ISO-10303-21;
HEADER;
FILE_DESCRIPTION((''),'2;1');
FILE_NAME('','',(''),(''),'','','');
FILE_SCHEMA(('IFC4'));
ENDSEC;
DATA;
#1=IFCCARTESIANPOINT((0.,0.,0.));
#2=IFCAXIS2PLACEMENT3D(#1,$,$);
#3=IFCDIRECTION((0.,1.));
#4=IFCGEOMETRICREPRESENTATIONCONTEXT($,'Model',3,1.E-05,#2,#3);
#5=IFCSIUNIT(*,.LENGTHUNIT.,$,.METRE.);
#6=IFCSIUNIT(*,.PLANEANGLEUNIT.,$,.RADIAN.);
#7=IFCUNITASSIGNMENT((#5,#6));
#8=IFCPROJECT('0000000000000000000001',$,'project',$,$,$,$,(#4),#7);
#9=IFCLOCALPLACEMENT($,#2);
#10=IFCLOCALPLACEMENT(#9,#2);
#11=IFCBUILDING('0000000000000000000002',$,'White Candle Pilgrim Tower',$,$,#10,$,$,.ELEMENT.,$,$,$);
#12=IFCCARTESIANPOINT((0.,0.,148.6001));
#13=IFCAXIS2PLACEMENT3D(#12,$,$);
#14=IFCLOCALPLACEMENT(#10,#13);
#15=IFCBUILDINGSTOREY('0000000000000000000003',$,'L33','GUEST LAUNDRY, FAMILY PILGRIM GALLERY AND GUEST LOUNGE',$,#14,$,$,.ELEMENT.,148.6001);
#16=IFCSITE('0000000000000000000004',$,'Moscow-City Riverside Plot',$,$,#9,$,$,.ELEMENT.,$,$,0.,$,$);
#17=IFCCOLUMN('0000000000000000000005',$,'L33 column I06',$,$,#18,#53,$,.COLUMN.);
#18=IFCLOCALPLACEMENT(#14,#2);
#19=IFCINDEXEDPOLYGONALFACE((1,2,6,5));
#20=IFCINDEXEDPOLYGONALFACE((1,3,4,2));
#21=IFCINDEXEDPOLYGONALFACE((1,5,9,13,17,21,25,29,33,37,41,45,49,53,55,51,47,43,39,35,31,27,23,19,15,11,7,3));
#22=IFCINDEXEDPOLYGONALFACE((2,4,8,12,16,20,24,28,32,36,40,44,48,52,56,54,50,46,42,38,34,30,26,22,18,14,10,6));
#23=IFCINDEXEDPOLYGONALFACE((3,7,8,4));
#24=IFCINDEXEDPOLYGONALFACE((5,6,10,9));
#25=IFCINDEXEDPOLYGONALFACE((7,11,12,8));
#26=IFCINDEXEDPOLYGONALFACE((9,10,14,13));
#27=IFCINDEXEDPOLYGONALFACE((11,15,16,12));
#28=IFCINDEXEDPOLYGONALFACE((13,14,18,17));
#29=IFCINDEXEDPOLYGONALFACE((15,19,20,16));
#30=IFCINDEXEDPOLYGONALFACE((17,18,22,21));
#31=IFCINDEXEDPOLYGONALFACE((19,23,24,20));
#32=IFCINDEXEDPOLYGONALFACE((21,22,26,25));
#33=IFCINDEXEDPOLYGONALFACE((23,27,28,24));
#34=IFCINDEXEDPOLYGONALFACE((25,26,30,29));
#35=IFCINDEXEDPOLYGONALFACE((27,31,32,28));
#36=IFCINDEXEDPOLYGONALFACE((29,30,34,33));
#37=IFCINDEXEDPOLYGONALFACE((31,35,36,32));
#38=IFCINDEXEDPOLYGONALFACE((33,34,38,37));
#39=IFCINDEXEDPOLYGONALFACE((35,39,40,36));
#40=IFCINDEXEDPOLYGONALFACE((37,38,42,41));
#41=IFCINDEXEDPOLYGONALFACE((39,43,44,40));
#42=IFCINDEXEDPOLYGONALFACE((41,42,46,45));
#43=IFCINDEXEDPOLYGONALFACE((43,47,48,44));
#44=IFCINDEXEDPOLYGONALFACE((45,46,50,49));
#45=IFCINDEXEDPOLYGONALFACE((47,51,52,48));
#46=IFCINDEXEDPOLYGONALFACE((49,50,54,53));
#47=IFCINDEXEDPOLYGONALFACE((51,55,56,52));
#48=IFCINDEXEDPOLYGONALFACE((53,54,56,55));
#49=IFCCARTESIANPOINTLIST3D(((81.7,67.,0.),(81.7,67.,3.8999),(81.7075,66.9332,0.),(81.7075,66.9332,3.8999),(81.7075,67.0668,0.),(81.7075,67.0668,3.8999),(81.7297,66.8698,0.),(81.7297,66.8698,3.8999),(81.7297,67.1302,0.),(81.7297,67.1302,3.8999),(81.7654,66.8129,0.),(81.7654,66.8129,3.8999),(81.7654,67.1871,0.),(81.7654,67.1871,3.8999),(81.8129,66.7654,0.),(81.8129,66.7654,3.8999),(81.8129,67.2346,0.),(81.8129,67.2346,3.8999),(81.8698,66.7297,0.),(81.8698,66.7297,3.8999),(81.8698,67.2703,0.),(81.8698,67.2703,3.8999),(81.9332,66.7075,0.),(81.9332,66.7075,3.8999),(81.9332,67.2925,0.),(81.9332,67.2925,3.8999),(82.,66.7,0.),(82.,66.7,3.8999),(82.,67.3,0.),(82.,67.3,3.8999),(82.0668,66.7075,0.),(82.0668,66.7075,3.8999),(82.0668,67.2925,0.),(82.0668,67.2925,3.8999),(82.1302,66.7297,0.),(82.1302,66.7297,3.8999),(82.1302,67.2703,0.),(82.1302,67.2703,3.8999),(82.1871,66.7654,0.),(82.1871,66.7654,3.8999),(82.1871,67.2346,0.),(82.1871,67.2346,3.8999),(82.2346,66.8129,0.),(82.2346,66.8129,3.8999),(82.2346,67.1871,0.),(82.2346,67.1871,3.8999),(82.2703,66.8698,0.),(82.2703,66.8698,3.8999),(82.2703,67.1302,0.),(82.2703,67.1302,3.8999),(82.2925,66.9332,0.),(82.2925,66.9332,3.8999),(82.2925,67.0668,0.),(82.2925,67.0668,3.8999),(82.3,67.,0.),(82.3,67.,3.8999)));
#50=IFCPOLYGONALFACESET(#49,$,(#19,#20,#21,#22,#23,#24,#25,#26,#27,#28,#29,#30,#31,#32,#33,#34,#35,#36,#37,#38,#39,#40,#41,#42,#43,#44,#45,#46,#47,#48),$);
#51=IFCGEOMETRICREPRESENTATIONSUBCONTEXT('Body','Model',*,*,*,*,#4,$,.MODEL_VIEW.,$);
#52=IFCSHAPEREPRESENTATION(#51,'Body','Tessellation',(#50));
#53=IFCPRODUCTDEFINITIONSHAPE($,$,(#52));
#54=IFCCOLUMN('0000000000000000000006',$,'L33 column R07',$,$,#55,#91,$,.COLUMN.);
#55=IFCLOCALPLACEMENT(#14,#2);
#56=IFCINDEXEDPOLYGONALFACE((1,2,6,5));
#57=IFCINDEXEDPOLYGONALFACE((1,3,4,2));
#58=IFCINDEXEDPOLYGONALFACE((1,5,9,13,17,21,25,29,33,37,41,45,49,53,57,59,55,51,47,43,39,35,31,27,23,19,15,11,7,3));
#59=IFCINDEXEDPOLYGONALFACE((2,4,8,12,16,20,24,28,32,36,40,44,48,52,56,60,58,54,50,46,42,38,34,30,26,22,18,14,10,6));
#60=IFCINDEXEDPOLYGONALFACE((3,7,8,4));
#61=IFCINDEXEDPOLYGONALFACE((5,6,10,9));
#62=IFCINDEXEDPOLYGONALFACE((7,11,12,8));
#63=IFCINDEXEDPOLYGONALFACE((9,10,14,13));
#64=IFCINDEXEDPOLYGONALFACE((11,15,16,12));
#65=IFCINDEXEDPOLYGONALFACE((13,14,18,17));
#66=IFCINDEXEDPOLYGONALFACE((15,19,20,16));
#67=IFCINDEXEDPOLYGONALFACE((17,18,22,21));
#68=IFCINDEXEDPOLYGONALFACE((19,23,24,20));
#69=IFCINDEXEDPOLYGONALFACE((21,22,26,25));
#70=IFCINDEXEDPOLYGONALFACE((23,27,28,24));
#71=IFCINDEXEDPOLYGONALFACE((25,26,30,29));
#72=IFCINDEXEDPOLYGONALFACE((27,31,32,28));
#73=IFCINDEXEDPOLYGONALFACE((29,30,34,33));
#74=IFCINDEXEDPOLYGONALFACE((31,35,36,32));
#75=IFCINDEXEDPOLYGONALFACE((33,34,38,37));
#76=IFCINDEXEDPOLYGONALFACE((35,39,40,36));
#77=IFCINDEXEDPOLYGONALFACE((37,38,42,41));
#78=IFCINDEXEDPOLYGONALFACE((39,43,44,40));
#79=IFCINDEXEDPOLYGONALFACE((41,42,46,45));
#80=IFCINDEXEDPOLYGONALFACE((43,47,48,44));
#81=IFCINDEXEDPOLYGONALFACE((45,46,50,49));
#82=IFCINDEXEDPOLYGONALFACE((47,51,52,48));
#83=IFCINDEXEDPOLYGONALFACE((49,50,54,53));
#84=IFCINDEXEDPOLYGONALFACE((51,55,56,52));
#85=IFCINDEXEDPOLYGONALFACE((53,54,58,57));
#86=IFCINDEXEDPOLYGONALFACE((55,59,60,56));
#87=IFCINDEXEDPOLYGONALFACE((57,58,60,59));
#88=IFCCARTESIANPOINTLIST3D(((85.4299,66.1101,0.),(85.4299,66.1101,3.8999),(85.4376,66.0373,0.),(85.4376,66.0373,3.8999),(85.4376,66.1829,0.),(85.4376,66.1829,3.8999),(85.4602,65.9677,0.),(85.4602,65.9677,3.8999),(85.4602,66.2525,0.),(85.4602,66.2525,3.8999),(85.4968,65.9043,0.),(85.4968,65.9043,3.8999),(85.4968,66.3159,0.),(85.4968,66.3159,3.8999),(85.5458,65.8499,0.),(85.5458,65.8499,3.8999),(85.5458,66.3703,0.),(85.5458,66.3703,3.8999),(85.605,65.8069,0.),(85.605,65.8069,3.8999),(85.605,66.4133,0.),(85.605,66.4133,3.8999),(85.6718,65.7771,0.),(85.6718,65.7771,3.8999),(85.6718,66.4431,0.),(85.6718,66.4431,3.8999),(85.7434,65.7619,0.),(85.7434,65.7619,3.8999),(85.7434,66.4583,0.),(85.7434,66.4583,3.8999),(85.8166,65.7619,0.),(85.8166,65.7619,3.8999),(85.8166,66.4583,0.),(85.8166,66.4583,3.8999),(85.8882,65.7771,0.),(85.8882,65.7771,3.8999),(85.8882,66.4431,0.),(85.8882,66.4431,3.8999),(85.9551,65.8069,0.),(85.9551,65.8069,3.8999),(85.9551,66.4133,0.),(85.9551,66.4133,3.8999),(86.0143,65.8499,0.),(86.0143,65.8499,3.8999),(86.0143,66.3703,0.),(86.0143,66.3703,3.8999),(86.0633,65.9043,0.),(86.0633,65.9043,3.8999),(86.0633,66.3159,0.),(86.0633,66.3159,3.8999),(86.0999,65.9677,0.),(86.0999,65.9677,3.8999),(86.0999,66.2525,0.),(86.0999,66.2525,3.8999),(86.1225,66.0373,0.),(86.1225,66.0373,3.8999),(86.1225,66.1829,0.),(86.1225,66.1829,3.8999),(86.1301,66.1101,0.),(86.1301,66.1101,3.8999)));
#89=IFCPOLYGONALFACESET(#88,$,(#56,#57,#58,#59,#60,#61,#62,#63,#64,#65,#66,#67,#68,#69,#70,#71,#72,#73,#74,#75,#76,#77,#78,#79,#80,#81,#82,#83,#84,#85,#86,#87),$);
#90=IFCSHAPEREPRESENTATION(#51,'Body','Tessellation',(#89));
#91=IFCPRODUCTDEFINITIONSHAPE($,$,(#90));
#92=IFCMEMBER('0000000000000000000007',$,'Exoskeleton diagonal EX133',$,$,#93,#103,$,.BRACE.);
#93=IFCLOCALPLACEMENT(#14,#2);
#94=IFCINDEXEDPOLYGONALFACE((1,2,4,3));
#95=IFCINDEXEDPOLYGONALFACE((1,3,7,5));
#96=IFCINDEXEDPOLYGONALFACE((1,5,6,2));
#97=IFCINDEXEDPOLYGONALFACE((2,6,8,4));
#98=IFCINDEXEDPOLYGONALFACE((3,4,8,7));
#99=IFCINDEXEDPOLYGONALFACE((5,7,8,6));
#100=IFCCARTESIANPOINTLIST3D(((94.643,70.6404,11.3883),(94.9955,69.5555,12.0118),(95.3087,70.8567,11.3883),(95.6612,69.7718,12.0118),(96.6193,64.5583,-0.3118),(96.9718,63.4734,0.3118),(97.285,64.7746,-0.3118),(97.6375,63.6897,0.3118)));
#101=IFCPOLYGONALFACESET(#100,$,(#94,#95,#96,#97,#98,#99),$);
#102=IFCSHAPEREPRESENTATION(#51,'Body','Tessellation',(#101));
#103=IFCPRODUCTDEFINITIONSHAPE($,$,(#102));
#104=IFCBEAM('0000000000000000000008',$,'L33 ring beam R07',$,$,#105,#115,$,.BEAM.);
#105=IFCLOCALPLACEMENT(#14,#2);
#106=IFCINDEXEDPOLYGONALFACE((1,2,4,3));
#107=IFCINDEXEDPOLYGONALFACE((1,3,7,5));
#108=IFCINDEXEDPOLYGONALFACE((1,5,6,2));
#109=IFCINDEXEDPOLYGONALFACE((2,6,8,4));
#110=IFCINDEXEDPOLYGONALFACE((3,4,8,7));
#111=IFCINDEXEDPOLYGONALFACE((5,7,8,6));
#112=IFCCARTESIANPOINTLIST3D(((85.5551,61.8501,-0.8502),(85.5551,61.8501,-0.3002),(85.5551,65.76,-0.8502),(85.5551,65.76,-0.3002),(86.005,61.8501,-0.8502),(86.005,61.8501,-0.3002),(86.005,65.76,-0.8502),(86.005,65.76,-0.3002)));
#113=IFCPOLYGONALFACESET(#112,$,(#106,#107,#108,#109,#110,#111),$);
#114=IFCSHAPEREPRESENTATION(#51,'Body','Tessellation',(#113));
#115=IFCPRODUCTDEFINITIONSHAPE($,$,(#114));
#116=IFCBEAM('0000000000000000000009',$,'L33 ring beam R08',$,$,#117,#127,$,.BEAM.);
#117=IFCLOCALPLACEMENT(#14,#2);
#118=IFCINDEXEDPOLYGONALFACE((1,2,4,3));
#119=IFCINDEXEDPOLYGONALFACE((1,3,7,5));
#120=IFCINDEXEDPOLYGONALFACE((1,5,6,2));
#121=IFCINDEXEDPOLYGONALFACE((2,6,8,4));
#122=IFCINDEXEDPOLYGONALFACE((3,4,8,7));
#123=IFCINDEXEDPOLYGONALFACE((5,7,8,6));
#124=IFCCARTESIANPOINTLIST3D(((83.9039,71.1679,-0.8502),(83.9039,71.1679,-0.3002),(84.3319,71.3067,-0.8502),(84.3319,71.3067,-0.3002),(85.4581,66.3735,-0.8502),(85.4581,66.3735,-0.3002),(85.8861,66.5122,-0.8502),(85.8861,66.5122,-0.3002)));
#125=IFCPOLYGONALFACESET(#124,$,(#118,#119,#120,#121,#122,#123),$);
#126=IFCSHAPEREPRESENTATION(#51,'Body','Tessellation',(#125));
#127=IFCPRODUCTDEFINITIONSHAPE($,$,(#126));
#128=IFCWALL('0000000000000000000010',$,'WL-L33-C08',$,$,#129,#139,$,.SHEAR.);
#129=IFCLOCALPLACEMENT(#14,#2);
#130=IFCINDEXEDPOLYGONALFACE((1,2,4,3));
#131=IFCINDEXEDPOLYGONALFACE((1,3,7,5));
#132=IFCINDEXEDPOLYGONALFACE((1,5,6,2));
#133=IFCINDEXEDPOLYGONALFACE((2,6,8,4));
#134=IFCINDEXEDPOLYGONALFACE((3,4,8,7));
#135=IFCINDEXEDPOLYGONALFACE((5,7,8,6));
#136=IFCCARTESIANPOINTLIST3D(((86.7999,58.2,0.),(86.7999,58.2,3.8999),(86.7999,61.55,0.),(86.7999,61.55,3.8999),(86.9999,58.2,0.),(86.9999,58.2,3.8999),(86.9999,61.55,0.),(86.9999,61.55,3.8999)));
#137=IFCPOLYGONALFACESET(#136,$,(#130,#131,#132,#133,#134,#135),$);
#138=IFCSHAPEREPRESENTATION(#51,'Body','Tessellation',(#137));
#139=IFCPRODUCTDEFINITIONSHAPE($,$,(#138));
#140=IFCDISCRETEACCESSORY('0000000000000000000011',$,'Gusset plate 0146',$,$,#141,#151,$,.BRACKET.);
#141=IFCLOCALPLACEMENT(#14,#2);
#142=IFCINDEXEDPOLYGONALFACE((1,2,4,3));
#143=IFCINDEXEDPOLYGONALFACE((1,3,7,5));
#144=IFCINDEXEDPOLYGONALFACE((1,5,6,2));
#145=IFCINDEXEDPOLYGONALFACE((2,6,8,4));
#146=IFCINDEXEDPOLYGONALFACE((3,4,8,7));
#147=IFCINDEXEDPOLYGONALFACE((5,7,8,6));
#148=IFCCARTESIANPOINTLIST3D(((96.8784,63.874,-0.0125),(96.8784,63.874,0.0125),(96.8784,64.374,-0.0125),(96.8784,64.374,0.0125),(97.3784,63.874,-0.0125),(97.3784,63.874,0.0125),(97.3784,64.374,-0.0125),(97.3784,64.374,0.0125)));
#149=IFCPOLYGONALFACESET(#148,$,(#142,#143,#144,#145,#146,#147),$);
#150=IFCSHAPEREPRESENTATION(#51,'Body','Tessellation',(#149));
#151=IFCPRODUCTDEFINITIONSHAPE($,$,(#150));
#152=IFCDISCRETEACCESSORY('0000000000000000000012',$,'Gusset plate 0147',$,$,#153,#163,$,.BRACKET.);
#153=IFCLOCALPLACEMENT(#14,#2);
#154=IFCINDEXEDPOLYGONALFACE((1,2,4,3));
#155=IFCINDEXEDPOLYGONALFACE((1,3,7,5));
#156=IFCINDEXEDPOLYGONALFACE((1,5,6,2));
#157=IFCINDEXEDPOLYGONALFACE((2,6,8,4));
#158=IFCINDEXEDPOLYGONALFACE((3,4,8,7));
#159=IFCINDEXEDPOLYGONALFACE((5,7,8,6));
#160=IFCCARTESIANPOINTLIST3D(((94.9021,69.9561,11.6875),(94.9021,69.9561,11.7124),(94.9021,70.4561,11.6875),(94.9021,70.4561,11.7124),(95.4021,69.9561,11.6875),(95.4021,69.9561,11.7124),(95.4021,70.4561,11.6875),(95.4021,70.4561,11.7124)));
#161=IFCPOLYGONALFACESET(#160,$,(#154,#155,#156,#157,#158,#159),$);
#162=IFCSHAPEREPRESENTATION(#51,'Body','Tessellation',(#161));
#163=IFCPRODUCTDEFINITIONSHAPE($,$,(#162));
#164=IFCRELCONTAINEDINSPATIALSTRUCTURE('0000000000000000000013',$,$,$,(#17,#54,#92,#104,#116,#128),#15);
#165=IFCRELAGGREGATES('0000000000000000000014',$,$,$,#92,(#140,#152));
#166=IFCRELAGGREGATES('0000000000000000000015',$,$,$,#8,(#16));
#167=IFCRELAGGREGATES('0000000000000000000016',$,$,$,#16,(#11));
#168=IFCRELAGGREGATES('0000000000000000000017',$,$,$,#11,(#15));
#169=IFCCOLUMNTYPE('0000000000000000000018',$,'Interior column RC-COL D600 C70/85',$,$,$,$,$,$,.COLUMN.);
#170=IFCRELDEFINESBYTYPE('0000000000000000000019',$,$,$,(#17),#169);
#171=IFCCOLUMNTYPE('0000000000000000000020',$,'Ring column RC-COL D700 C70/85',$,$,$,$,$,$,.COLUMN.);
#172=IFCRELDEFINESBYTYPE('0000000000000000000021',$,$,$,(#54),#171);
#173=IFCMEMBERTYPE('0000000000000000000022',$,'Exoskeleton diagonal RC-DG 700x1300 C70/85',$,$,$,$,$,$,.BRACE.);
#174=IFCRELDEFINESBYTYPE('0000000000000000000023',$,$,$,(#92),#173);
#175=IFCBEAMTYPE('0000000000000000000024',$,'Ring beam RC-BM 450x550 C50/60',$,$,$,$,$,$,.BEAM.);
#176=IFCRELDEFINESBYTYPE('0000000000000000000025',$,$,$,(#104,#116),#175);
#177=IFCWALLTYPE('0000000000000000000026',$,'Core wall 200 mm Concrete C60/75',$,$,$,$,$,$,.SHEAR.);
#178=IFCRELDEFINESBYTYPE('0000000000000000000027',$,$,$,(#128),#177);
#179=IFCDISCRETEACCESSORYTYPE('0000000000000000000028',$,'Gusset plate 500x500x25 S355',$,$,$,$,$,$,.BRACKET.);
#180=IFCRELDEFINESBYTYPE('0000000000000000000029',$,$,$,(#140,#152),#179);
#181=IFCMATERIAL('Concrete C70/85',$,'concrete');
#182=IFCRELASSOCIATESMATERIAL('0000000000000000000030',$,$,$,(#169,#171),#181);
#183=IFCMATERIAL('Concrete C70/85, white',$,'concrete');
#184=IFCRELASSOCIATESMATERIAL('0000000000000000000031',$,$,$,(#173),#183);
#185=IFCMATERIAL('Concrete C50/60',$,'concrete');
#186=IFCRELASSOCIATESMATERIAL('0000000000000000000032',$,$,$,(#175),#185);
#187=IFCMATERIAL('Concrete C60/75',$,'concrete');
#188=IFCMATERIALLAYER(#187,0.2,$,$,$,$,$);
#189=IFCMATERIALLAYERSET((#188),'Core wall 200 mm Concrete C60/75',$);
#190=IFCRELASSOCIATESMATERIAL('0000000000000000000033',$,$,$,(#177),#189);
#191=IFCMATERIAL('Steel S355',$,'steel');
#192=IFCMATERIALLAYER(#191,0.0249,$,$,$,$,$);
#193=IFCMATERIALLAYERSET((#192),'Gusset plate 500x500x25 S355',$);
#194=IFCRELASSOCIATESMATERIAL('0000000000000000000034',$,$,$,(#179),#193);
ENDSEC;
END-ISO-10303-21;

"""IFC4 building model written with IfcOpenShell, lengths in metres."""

from ifc_helpers import new_model, si_unit, direction, frame, frame_2d, origin, origin_2d, place, context, subcontext, project, spatial, rectangle, circle, extrude, material, layer, layer_set, material_profile, profile_set, type_object, element, aggregate, save


model = new_model("IFC4")

# Units and contexts
model_context = context("Model", 3, precision=1e-05, world=origin(), true_north=direction((0.0, 1.0)))
body_context = subcontext(model_context, "Body", "Model", "MODEL_VIEW")
ifc_project = project(units=[si_unit("LENGTHUNIT", "METRE"), si_unit("PLANEANGLEUNIT", "RADIAN")], contexts=[model_context])

# Site, building, storey
site_placement = place(None, origin())
site = spatial("IfcSite", under=ifc_project, at=site_placement, Name="Moscow-City Riverside Plot", CompositionType="ELEMENT", RefElevation=0.0)
building_placement = place(site_placement, origin())
building = spatial("IfcBuilding", under=site, at=building_placement, Name="White Candle Pilgrim Tower", CompositionType="ELEMENT")
storey_placement = place(building_placement, frame((0.0, 0.0, 148.6001)))
storey = spatial("IfcBuildingStorey", under=building, at=storey_placement, Name="L33", Description="GUEST LAUNDRY, FAMILY PILGRIM GALLERY AND GUEST LOUNGE", CompositionType="ELEMENT", Elevation=148.6001)

# Columns
ifc_material_1 = material(Name="Concrete C70/85", Category="concrete")
ifc_material_profile_1 = material_profile(ifc_material_1, circle(Radius=0.3, at=origin_2d()), Name="RC-COL D600")
ifc_profile_set_1 = profile_set([ifc_material_profile_1], Name="Concrete C70/85")
column_type_1 = type_object("IfcColumnType", Name="Interior column RC-COL D600 C70/85", PredefinedType="COLUMN", material=ifc_profile_set_1)
column_1_placement = place(storey_placement, frame((82.0, 67.0, 0.0), z_axis=(0.0, 0.0, 1.0), x_axis=(1.0, 0.0, 0.0)))
element("IfcColumn", 1, at=column_1_placement, inside=storey, type_object=column_type_1, Name="L33 column I06", PredefinedType="COLUMN", context=body_context, shape_type="SweptSolid", body=[
    extrude(circle(Radius=0.3, at=origin_2d()), origin(), (0.0, 0.0, 1.0), 3.8999),
])
ifc_material_profile_2 = material_profile(ifc_material_1, circle(Radius=0.3501, at=origin_2d()), Name="RC-COL D700")
ifc_profile_set_2 = profile_set([ifc_material_profile_2], Name="Concrete C70/85")
column_type_2 = type_object("IfcColumnType", Name="Ring column RC-COL D700 C70/85", PredefinedType="COLUMN", material=ifc_profile_set_2)
column_2_placement = place(storey_placement, frame((85.78, 66.1101, 0.0), z_axis=(0.0, 0.0, 1.0), x_axis=(1.0, 0.0, 0.0)))
element("IfcColumn", 2, at=column_2_placement, inside=storey, type_object=column_type_2, Name="L33 column R07", PredefinedType="COLUMN", context=body_context, shape_type="SweptSolid", body=[
    extrude(circle(Radius=0.3501, at=origin_2d()), origin(), (0.0, 0.0, 1.0), 3.8999),
])

# Member
ifc_material_2 = material(Name="Concrete C70/85, white", Category="concrete")
ifc_material_profile_3 = material_profile(ifc_material_2, rectangle(XDim=0.7, YDim=1.3, at=origin_2d()), Name="RC-DG 700x1300")
ifc_profile_set_3 = profile_set([ifc_material_profile_3], Name="Concrete C70/85, white")
member_type = type_object("IfcMemberType", Name="Exoskeleton diagonal RC-DG 700x1300 C70/85", PredefinedType="BRACE", material=ifc_profile_set_3)
member_placement = place(storey_placement, frame((97.1284, 64.124, 0.0), z_axis=(-0.148221, 0.456142, 0.877477), x_axis=(-0.95105, -0.309038, 0.0)))
member = element("IfcMember", 3, at=member_placement, inside=storey, type_object=member_type, Name="Exoskeleton diagonal EX133", PredefinedType="BRACE", context=body_context, shape_type="SweptSolid", body=[
    extrude(rectangle(XDim=0.7, YDim=1.3, at=origin_2d()), origin(), (0.0, 0.0, 1.0), 13.3337),
])

# Beams
ifc_material_3 = material(Name="Concrete C50/60", Category="concrete")
ifc_material_profile_4 = material_profile(ifc_material_3, rectangle(XDim=0.45, YDim=0.55, at=origin_2d()), Name="RC-BM 450x550")
ifc_profile_set_4 = profile_set([ifc_material_profile_4], Name="Concrete C50/60")
beam_type = type_object("IfcBeamType", Name="Ring beam RC-BM 450x550 C50/60", PredefinedType="BEAM", material=ifc_profile_set_4)
beam_1_placement = place(storey_placement, frame((85.78, 65.76, -0.5752), z_axis=(0.0, -1.0, 0.0), x_axis=(1.0, 0.0, 0.0)))
element("IfcBeam", 4, at=beam_1_placement, inside=storey, type_object=beam_type, Name="L33 ring beam R07", PredefinedType="BEAM", context=body_context, shape_type="SweptSolid", body=[
    extrude(rectangle(XDim=0.45, YDim=0.55, at=origin_2d()), origin(), (0.0, 0.0, 1.0), 3.9099),
])
beam_2_placement = place(storey_placement, frame((85.6721, 66.4429, -0.5752), z_axis=(-0.30837, 0.951267, 0.0), x_axis=(-0.951267, -0.30837, 0.0)))
element("IfcBeam", 5, at=beam_2_placement, inside=storey, type_object=beam_type, Name="L33 ring beam R08", PredefinedType="BEAM", context=body_context, shape_type="SweptSolid", body=[
    extrude(rectangle(XDim=0.45, YDim=0.55, at=origin_2d()), origin(), (0.0, 0.0, 1.0), 5.04),
])

# Wall
ifc_material_4 = material(Name="Concrete C60/75", Category="concrete")
ifc_layer_1 = layer(ifc_material_4, 0.2)
ifc_layer_set_1 = layer_set([ifc_layer_1], Name="Core wall 200 mm Concrete C60/75")
wall_type_1 = type_object("IfcWallType", Name="Core wall 200 mm Concrete C60/75", PredefinedType="SHEAR", material=ifc_layer_set_1)
wall_1_placement = place(storey_placement, frame((86.8999, 58.2, 0.0), z_axis=(0.0, 0.0, 1.0), x_axis=(0.0, 1.0, 0.0)))
element("IfcWall", 6, at=wall_1_placement, inside=storey, type_object=wall_type_1, Name="WL-L33-C08", PredefinedType="SHEAR", context=body_context, shape_type="SweptSolid", body=[
    extrude(rectangle(XDim=3.3501, YDim=0.2, at=frame_2d((1.675, 0.0))), origin(), (0.0, 0.0, 1.0), 3.8999),
])

# Discrete accessories
ifc_material_5 = material(Name="Steel S355", Category="steel")
ifc_layer_2 = layer(ifc_material_5, 0.0249)
ifc_layer_set_2 = layer_set([ifc_layer_2], Name="Gusset plate 500x500x25 S355")
discrete_accessory_type = type_object("IfcDiscreteAccessoryType", Name="Gusset plate 500x500x25 S355", PredefinedType="BRACKET", material=ifc_layer_set_2)
discrete_accessory_1_placement = place(storey_placement, frame((97.1284, 64.124, -0.0125), z_axis=(0.0, 0.0, 1.0), x_axis=(1.0, 0.0, 0.0)))
discrete_accessory_1 = element("IfcDiscreteAccessory", 7, at=discrete_accessory_1_placement, type_object=discrete_accessory_type, Name="Gusset plate 0146", PredefinedType="BRACKET", context=body_context, shape_type="SweptSolid", body=[
    extrude(rectangle(XDim=0.5, YDim=0.5, at=origin_2d()), origin(), (0.0, 0.0, 1.0), 0.0249),
])
placement = place(building_placement, frame((0.0, 0.0, 160.3)))
discrete_accessory_2_placement = place(placement, frame((95.1521, 70.2061, -0.0125), z_axis=(0.0, 0.0, 1.0), x_axis=(1.0, 0.0, 0.0)))
discrete_accessory_2 = element("IfcDiscreteAccessory", 8, at=discrete_accessory_2_placement, type_object=discrete_accessory_type, Name="Gusset plate 0147", PredefinedType="BRACKET", context=body_context, shape_type="SweptSolid", body=[
    extrude(rectangle(XDim=0.5, YDim=0.5, at=origin_2d()), origin(), (0.0, 0.0, 1.0), 0.0249),
])
aggregate(member, [discrete_accessory_1, discrete_accessory_2])

save(model, "model.ifc")
